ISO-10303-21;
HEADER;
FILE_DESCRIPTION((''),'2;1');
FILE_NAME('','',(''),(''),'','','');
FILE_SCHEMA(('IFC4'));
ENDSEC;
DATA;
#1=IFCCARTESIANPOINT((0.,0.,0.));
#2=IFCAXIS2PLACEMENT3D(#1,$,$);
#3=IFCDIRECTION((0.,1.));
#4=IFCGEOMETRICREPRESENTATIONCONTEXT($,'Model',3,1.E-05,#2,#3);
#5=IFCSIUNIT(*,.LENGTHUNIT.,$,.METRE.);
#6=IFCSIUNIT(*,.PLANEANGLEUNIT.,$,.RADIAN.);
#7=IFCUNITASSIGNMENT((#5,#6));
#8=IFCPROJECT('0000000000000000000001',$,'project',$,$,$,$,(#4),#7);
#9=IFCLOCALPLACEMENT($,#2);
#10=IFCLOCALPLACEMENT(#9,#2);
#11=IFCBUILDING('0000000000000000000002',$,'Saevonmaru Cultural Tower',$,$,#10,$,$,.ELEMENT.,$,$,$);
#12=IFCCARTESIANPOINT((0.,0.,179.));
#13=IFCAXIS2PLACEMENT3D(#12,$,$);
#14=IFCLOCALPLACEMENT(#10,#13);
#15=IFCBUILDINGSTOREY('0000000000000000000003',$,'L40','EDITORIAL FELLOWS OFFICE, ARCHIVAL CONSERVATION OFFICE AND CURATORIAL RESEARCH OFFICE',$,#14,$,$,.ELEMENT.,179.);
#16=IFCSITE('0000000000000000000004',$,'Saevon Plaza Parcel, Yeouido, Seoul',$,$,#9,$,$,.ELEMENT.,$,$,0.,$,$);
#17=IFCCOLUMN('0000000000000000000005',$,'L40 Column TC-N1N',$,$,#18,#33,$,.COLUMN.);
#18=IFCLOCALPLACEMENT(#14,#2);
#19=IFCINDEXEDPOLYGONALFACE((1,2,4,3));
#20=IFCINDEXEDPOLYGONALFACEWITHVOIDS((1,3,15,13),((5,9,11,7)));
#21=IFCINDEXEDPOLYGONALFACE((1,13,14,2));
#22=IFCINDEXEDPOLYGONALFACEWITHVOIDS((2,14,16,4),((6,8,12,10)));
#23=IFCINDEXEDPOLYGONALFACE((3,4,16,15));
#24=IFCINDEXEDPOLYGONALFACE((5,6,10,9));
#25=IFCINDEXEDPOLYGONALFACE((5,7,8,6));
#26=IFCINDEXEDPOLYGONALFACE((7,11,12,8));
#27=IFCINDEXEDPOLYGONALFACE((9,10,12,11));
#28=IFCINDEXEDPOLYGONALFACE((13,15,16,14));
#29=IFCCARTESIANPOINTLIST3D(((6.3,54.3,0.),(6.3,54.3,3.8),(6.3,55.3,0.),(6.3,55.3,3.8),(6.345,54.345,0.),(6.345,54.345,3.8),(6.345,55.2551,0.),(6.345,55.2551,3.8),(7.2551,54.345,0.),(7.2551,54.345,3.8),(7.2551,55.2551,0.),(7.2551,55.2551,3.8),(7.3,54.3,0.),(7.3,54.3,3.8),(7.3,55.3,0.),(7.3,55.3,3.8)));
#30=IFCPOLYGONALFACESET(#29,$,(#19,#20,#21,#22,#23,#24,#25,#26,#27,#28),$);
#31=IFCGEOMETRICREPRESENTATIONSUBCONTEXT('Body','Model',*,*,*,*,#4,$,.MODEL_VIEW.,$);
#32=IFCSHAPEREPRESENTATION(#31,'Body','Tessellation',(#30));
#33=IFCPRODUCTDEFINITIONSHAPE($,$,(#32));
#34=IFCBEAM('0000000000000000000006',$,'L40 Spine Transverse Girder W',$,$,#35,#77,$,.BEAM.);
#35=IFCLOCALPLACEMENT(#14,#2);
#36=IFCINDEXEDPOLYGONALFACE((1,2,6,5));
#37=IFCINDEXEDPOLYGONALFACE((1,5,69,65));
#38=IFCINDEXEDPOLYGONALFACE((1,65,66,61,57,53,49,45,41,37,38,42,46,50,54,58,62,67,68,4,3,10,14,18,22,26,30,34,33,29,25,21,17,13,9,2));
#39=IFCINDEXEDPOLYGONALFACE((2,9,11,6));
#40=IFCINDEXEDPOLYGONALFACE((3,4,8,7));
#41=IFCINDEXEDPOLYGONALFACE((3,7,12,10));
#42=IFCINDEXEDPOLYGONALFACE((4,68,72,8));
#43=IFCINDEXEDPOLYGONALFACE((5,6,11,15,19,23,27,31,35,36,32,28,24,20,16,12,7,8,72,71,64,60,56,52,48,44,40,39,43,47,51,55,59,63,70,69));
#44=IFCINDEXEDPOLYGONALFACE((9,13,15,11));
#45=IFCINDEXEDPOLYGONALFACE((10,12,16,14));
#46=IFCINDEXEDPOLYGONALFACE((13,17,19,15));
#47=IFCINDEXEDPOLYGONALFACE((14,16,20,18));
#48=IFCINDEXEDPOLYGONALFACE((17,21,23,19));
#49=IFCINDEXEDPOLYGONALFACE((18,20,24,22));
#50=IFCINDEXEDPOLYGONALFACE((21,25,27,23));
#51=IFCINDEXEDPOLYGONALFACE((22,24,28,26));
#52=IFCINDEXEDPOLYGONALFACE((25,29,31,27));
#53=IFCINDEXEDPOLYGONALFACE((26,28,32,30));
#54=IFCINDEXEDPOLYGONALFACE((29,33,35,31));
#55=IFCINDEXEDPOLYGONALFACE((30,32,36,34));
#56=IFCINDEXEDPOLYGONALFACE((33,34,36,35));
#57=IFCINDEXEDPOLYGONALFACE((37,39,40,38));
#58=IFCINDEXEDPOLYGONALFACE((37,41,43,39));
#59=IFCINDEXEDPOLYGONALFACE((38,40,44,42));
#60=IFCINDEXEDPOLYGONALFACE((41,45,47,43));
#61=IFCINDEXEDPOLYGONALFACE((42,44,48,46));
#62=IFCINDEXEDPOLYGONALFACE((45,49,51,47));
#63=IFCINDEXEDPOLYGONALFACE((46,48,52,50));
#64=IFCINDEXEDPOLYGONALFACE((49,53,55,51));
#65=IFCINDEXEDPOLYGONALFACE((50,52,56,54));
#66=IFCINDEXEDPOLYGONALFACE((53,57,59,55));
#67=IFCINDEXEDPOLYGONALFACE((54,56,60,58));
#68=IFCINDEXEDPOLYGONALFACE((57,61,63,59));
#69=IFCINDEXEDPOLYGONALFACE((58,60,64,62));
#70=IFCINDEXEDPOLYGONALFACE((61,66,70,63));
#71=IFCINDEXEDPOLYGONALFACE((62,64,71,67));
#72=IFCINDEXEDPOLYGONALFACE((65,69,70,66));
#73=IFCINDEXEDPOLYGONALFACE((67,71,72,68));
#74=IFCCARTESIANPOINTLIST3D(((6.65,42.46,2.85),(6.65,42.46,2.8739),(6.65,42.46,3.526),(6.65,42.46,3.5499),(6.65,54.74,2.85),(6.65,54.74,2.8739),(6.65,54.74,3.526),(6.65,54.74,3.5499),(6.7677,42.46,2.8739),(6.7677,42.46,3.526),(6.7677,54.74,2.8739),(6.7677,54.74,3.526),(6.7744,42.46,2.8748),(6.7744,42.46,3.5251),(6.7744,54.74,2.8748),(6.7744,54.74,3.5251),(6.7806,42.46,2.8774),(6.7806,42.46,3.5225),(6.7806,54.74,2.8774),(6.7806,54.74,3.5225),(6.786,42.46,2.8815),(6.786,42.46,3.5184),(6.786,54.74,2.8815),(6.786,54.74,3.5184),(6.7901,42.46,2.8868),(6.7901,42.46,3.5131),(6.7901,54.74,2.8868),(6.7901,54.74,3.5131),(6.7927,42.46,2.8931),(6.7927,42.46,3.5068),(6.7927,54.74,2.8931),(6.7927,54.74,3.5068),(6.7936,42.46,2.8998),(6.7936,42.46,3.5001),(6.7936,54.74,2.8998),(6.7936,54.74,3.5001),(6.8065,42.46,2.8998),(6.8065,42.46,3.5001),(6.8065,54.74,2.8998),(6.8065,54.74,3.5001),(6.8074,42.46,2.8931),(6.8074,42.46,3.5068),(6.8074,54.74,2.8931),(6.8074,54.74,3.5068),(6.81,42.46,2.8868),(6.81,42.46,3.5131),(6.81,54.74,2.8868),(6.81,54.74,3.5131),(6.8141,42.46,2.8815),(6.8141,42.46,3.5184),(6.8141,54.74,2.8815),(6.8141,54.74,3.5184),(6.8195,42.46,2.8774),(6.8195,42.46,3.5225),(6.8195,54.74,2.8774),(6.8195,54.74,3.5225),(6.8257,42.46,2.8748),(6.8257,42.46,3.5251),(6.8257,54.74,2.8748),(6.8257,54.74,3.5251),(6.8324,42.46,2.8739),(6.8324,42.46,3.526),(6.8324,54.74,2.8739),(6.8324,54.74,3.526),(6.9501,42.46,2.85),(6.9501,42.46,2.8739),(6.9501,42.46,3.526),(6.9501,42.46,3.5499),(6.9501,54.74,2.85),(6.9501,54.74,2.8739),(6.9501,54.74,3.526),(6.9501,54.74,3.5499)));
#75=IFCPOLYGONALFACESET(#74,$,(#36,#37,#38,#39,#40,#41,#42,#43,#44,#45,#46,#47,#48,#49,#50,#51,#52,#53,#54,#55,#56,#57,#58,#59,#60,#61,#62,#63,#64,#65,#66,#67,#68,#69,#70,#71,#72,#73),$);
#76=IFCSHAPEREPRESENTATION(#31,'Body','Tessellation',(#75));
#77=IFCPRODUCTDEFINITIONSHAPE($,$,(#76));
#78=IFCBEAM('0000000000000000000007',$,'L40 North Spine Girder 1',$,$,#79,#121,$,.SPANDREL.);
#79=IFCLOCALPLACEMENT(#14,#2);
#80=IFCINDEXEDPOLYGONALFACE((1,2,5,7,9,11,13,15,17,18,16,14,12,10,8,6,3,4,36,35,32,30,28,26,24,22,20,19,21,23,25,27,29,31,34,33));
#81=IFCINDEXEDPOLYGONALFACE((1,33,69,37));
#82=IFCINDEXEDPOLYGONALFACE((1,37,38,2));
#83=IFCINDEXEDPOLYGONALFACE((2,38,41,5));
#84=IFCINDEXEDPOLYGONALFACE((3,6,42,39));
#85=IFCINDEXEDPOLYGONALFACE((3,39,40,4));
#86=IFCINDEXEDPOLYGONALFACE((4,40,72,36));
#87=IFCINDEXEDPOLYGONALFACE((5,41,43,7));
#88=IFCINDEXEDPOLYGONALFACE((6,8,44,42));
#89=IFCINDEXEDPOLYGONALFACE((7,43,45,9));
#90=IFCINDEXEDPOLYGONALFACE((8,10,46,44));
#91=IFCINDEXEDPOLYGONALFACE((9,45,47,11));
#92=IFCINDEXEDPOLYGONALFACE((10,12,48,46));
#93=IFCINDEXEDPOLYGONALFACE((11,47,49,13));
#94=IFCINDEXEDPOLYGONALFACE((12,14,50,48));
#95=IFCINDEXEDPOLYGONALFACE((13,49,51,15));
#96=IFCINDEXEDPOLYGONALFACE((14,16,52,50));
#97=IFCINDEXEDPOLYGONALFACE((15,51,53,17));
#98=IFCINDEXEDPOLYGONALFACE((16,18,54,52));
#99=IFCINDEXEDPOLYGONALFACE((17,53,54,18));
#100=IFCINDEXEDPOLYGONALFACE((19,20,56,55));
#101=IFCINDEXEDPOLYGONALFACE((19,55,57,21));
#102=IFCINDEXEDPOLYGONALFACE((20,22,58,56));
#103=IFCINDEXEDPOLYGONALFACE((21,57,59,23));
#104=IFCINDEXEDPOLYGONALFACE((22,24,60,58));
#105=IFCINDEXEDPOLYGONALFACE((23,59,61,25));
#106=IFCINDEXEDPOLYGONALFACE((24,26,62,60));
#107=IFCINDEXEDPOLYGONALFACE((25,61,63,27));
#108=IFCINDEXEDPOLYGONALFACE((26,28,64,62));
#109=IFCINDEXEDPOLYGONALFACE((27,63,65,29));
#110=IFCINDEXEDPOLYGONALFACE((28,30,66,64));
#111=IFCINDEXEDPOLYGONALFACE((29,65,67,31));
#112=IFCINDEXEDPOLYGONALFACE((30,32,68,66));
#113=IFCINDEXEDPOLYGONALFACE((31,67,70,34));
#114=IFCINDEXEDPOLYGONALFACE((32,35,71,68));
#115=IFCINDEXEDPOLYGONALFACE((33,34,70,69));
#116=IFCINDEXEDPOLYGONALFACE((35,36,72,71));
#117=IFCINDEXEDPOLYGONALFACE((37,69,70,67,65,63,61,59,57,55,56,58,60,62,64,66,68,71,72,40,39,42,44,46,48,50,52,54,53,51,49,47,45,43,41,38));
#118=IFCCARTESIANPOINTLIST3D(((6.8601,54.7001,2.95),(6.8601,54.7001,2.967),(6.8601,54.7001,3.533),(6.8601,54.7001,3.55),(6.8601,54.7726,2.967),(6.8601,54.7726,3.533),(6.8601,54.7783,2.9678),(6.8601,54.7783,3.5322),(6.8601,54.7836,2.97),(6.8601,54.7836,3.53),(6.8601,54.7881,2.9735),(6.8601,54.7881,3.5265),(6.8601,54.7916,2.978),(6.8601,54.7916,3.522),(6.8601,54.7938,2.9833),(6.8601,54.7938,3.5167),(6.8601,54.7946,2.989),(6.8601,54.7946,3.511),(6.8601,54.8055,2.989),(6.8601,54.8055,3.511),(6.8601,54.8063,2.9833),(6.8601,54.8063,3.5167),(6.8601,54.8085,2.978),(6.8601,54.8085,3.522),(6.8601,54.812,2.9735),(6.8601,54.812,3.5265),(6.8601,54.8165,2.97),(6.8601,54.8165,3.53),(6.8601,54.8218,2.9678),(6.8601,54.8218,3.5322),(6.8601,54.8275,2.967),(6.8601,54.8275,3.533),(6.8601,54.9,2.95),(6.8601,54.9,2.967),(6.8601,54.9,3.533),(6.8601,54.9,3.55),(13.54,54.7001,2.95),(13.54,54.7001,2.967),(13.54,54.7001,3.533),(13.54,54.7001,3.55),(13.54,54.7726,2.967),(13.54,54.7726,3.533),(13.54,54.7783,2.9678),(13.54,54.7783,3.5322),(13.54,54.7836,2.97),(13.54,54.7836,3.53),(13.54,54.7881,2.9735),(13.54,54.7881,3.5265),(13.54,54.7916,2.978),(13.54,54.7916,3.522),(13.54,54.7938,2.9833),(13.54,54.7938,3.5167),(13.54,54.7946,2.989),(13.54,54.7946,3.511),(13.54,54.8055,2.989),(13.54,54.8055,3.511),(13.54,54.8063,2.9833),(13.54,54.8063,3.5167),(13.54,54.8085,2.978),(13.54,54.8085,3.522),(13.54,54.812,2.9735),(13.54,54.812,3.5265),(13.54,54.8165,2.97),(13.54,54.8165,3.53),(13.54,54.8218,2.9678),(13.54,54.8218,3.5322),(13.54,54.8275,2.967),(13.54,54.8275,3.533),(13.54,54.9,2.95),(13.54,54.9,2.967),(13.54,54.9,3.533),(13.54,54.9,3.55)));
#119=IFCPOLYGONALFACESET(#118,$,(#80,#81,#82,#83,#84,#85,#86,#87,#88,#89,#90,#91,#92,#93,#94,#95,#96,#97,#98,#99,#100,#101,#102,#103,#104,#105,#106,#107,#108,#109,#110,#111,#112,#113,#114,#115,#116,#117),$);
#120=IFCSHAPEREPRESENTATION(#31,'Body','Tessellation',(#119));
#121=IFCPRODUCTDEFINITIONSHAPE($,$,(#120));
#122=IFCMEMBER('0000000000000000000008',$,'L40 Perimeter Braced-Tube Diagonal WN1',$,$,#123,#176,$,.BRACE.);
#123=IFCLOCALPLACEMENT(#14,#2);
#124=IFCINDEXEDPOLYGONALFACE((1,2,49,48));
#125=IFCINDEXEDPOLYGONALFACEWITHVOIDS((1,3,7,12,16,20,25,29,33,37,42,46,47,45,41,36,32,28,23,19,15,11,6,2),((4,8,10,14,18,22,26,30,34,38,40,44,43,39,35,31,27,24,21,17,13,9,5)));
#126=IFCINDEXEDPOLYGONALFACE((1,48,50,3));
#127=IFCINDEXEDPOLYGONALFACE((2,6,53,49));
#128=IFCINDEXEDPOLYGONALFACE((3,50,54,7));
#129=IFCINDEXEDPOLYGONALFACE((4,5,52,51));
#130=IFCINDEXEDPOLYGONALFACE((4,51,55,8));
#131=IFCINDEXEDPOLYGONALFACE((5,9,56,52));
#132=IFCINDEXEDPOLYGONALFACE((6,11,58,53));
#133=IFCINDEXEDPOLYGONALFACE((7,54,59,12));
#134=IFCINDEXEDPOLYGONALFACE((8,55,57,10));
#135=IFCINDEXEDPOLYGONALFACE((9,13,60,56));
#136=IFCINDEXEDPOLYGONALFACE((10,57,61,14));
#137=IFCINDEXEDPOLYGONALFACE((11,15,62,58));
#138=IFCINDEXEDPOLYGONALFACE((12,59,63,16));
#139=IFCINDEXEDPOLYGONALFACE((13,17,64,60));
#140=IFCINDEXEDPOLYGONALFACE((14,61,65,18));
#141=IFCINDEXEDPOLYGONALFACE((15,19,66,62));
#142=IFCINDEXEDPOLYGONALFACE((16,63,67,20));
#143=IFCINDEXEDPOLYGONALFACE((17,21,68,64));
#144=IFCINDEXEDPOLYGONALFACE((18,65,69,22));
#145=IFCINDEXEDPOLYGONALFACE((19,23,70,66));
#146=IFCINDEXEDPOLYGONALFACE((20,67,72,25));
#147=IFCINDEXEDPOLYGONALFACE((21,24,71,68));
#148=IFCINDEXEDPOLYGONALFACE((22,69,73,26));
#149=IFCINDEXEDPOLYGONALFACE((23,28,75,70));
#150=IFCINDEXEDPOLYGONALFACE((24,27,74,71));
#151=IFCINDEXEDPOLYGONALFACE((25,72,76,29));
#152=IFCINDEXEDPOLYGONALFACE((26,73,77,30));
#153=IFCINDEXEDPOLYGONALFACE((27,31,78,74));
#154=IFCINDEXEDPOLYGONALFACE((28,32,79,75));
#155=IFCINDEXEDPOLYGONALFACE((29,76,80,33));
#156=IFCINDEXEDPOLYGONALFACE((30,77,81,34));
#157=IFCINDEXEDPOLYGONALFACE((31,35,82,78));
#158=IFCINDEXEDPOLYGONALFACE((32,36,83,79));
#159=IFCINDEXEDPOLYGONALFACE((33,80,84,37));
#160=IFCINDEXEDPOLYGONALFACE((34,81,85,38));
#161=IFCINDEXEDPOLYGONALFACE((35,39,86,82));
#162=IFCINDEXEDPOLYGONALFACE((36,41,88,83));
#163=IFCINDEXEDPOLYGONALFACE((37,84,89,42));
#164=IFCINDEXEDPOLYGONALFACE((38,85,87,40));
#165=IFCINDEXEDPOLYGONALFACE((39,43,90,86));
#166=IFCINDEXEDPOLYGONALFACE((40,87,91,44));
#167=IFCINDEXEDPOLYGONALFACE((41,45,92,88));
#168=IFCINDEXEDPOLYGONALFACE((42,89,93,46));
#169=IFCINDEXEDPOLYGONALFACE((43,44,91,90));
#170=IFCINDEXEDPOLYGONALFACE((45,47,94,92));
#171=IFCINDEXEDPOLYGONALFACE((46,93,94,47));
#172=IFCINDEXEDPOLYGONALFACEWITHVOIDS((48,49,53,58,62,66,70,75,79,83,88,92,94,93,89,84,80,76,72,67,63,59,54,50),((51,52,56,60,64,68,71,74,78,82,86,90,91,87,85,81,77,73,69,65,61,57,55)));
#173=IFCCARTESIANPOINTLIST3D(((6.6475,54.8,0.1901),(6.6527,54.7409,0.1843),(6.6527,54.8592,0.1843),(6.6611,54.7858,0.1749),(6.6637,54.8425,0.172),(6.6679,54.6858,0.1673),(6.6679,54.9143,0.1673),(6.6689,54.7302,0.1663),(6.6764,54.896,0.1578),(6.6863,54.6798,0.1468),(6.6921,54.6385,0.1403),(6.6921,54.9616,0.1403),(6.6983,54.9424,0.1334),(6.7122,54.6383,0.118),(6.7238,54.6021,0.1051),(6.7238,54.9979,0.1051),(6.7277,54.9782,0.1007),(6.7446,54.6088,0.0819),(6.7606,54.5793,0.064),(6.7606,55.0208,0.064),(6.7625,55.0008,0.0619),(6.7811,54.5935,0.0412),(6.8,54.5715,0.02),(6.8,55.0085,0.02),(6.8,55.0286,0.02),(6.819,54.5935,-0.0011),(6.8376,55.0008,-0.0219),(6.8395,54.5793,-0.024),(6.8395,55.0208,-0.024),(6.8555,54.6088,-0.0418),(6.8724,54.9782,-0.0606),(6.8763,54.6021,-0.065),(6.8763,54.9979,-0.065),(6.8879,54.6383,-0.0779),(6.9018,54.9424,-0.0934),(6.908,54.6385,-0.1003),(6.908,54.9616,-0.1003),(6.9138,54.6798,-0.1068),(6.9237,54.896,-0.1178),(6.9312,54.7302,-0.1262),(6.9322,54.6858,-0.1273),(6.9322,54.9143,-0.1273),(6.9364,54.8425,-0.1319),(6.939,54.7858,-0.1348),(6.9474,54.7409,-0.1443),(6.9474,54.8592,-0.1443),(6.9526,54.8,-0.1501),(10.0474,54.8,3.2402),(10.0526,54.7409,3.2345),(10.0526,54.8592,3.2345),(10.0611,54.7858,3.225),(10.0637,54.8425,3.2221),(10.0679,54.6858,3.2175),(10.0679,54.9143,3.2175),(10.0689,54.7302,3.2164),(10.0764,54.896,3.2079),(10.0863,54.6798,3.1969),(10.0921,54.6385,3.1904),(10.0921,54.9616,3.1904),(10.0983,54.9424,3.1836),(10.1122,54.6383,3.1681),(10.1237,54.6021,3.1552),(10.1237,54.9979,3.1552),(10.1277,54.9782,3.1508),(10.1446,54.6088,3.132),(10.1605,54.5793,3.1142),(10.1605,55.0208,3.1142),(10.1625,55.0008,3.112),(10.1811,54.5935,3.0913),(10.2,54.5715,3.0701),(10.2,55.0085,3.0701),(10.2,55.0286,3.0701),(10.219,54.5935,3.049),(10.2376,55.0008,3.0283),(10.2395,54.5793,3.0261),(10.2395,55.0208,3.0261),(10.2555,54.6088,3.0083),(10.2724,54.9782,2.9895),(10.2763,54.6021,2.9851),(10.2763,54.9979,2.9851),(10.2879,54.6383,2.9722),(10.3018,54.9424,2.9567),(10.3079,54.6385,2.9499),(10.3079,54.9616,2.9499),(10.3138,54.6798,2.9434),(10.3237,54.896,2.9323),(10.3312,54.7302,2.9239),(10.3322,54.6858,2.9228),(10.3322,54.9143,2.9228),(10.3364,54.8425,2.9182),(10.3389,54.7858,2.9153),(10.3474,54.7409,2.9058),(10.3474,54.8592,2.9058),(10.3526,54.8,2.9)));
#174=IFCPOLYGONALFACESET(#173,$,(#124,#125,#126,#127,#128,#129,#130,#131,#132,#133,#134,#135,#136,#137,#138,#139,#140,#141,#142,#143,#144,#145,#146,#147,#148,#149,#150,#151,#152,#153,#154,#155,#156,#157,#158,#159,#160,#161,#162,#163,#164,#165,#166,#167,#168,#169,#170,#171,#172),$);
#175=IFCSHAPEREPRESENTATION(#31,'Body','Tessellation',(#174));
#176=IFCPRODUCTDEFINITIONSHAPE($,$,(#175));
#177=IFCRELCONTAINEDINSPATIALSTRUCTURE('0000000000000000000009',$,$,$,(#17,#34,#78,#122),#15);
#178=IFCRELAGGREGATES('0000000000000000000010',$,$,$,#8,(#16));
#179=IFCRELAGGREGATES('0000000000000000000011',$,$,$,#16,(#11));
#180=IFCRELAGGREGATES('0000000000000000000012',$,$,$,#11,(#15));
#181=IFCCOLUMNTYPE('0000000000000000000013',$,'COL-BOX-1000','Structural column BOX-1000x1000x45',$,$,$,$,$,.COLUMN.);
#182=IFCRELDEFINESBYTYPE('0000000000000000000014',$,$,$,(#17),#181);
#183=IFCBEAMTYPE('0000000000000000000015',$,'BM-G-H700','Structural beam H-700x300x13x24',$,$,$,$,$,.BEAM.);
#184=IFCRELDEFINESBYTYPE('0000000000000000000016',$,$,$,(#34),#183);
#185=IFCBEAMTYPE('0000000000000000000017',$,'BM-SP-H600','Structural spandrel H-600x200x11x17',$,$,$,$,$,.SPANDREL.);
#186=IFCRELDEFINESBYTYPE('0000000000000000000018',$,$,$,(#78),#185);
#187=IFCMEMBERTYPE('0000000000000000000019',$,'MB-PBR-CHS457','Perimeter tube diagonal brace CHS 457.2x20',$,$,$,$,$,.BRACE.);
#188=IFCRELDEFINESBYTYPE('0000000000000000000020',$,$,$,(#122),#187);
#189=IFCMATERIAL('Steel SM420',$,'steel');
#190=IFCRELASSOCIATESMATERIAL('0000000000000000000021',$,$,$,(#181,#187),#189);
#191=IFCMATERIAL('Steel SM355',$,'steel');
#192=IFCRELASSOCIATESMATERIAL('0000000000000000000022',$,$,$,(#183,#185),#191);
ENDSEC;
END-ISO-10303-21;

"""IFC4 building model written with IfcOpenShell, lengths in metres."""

from ifc_helpers import new_model, si_unit, direction, frame, origin, origin_2d, place, context, subcontext, project, spatial, hollow_rectangle, hollow_circle, i_section, extrude, material, material_profile, profile_set, type_object, element, save


model = new_model("IFC4")

# Units and contexts
model_context = context("Model", 3, precision=1e-05, world=origin(), true_north=direction((0.0, 1.0)))
body_context = subcontext(model_context, "Body", "Model", "MODEL_VIEW")
ifc_project = project(units=[si_unit("LENGTHUNIT", "METRE"), si_unit("PLANEANGLEUNIT", "RADIAN")], contexts=[model_context])

# Site, building, storey
site_placement = place(None, origin())
site = spatial("IfcSite", under=ifc_project, at=site_placement, Name="Saevon Plaza Parcel, Yeouido, Seoul", CompositionType="ELEMENT", RefElevation=0.0)
building_placement = place(site_placement, origin())
building = spatial("IfcBuilding", under=site, at=building_placement, Name="Saevonmaru Cultural Tower", CompositionType="ELEMENT")
storey_placement = place(building_placement, frame((0.0, 0.0, 179.0)))
storey = spatial("IfcBuildingStorey", under=building, at=storey_placement, Name="L40", Description="EDITORIAL FELLOWS OFFICE, ARCHIVAL CONSERVATION OFFICE AND CURATORIAL RESEARCH OFFICE", CompositionType="ELEMENT", Elevation=179.0)

# Column
ifc_material_1 = material(Name="Steel SM420", Category="steel")
ifc_material_profile_1 = material_profile(ifc_material_1, hollow_rectangle(XDim=1.0, YDim=1.0, WallThickness=0.0449, at=origin_2d()), Name="BOX-1000x1000x45")
ifc_profile_set_1 = profile_set([ifc_material_profile_1], Name="Steel SM420")
column_type = type_object("IfcColumnType", Name="COL-BOX-1000", Description="Structural column BOX-1000x1000x45", PredefinedType="COLUMN", material=ifc_profile_set_1)
column_placement = place(storey_placement, frame((6.8, 54.8, 0.0), z_axis=(0.0, 0.0, 1.0), x_axis=(1.0, 0.0, 0.0)))
element("IfcColumn", 1, at=column_placement, inside=storey, type_object=column_type, Name="L40 Column TC-N1N", PredefinedType="COLUMN", context=body_context, shape_type="SweptSolid", body=[
    extrude(hollow_rectangle(XDim=1.0, YDim=1.0, WallThickness=0.0449, at=origin_2d()), origin(), (0.0, 0.0, 1.0), 3.8),
])

# Beams
ifc_material_2 = material(Name="Steel SM355", Category="steel")
ifc_material_profile_2 = material_profile(ifc_material_2, i_section(OverallWidth=0.3, OverallDepth=0.7, WebThickness=0.0129, FlangeThickness=0.0239, FilletRadius=0.0259, at=origin_2d()), Name="H-700x300x13x24")
ifc_profile_set_2 = profile_set([ifc_material_profile_2], Name="Steel SM355")
beam_type_1 = type_object("IfcBeamType", Name="BM-G-H700", Description="Structural beam H-700x300x13x24", PredefinedType="BEAM", material=ifc_profile_set_2)
beam_1_placement = place(storey_placement, frame((6.8, 54.74, 3.2), z_axis=(0.0, -1.0, 0.0), x_axis=(1.0, 0.0, 0.0)))
element("IfcBeam", 2, at=beam_1_placement, inside=storey, type_object=beam_type_1, Name="L40 Spine Transverse Girder W", PredefinedType="BEAM", context=body_context, shape_type="SweptSolid", body=[
    extrude(i_section(OverallWidth=0.3, OverallDepth=0.7, WebThickness=0.0129, FlangeThickness=0.0239, FilletRadius=0.0259, at=origin_2d()), origin(), (0.0, 0.0, 1.0), 12.28),
])
ifc_material_profile_3 = material_profile(ifc_material_2, i_section(OverallWidth=0.2, OverallDepth=0.6001, WebThickness=0.011, FlangeThickness=0.0171, FilletRadius=0.022, at=origin_2d()), Name="H-600x200x11x17")
ifc_profile_set_3 = profile_set([ifc_material_profile_3], Name="Steel SM355")
beam_type_2 = type_object("IfcBeamType", Name="BM-SP-H600", Description="Structural spandrel H-600x200x11x17", PredefinedType="SPANDREL", material=ifc_profile_set_3)
beam_2_placement = place(storey_placement, frame((6.8601, 54.8, 3.25), z_axis=(1.0, 0.0, 0.0), x_axis=(0.0, 1.0, 0.0)))
element("IfcBeam", 3, at=beam_2_placement, inside=storey, type_object=beam_type_2, Name="L40 North Spine Girder 1", PredefinedType="SPANDREL", context=body_context, shape_type="SweptSolid", body=[
    extrude(i_section(OverallWidth=0.2, OverallDepth=0.6001, WebThickness=0.011, FlangeThickness=0.0171, FilletRadius=0.022, at=origin_2d()), origin(), (0.0, 0.0, 1.0), 6.6799),
])

# Member
ifc_material_profile_4 = material_profile(ifc_material_1, hollow_circle(Radius=0.2285, WallThickness=0.02, at=origin_2d()), Name="CHS-457.2x20")
ifc_profile_set_4 = profile_set([ifc_material_profile_4], Name="Steel SM420")
member_type_1 = type_object("IfcMemberType", Name="MB-PBR-CHS457", Description="Perimeter tube diagonal brace CHS 457.2x20", PredefinedType="BRACE", material=ifc_profile_set_4)
member_1_placement = place(storey_placement, frame((6.8, 54.8, 0.02), z_axis=(0.744367, 0.0, 0.667771), x_axis=(0.0, 1.0, 0.0)))
element("IfcMember", 4, at=member_1_placement, inside=storey, type_object=member_type_1, Name="L40 Perimeter Braced-Tube Diagonal WN1", PredefinedType="BRACE", context=body_context, shape_type="SweptSolid", body=[
    extrude(hollow_circle(Radius=0.2285, WallThickness=0.02, at=origin_2d()), origin(), (0.0, 0.0, 1.0), 4.5676),
])

save(model, "model.ifc")
